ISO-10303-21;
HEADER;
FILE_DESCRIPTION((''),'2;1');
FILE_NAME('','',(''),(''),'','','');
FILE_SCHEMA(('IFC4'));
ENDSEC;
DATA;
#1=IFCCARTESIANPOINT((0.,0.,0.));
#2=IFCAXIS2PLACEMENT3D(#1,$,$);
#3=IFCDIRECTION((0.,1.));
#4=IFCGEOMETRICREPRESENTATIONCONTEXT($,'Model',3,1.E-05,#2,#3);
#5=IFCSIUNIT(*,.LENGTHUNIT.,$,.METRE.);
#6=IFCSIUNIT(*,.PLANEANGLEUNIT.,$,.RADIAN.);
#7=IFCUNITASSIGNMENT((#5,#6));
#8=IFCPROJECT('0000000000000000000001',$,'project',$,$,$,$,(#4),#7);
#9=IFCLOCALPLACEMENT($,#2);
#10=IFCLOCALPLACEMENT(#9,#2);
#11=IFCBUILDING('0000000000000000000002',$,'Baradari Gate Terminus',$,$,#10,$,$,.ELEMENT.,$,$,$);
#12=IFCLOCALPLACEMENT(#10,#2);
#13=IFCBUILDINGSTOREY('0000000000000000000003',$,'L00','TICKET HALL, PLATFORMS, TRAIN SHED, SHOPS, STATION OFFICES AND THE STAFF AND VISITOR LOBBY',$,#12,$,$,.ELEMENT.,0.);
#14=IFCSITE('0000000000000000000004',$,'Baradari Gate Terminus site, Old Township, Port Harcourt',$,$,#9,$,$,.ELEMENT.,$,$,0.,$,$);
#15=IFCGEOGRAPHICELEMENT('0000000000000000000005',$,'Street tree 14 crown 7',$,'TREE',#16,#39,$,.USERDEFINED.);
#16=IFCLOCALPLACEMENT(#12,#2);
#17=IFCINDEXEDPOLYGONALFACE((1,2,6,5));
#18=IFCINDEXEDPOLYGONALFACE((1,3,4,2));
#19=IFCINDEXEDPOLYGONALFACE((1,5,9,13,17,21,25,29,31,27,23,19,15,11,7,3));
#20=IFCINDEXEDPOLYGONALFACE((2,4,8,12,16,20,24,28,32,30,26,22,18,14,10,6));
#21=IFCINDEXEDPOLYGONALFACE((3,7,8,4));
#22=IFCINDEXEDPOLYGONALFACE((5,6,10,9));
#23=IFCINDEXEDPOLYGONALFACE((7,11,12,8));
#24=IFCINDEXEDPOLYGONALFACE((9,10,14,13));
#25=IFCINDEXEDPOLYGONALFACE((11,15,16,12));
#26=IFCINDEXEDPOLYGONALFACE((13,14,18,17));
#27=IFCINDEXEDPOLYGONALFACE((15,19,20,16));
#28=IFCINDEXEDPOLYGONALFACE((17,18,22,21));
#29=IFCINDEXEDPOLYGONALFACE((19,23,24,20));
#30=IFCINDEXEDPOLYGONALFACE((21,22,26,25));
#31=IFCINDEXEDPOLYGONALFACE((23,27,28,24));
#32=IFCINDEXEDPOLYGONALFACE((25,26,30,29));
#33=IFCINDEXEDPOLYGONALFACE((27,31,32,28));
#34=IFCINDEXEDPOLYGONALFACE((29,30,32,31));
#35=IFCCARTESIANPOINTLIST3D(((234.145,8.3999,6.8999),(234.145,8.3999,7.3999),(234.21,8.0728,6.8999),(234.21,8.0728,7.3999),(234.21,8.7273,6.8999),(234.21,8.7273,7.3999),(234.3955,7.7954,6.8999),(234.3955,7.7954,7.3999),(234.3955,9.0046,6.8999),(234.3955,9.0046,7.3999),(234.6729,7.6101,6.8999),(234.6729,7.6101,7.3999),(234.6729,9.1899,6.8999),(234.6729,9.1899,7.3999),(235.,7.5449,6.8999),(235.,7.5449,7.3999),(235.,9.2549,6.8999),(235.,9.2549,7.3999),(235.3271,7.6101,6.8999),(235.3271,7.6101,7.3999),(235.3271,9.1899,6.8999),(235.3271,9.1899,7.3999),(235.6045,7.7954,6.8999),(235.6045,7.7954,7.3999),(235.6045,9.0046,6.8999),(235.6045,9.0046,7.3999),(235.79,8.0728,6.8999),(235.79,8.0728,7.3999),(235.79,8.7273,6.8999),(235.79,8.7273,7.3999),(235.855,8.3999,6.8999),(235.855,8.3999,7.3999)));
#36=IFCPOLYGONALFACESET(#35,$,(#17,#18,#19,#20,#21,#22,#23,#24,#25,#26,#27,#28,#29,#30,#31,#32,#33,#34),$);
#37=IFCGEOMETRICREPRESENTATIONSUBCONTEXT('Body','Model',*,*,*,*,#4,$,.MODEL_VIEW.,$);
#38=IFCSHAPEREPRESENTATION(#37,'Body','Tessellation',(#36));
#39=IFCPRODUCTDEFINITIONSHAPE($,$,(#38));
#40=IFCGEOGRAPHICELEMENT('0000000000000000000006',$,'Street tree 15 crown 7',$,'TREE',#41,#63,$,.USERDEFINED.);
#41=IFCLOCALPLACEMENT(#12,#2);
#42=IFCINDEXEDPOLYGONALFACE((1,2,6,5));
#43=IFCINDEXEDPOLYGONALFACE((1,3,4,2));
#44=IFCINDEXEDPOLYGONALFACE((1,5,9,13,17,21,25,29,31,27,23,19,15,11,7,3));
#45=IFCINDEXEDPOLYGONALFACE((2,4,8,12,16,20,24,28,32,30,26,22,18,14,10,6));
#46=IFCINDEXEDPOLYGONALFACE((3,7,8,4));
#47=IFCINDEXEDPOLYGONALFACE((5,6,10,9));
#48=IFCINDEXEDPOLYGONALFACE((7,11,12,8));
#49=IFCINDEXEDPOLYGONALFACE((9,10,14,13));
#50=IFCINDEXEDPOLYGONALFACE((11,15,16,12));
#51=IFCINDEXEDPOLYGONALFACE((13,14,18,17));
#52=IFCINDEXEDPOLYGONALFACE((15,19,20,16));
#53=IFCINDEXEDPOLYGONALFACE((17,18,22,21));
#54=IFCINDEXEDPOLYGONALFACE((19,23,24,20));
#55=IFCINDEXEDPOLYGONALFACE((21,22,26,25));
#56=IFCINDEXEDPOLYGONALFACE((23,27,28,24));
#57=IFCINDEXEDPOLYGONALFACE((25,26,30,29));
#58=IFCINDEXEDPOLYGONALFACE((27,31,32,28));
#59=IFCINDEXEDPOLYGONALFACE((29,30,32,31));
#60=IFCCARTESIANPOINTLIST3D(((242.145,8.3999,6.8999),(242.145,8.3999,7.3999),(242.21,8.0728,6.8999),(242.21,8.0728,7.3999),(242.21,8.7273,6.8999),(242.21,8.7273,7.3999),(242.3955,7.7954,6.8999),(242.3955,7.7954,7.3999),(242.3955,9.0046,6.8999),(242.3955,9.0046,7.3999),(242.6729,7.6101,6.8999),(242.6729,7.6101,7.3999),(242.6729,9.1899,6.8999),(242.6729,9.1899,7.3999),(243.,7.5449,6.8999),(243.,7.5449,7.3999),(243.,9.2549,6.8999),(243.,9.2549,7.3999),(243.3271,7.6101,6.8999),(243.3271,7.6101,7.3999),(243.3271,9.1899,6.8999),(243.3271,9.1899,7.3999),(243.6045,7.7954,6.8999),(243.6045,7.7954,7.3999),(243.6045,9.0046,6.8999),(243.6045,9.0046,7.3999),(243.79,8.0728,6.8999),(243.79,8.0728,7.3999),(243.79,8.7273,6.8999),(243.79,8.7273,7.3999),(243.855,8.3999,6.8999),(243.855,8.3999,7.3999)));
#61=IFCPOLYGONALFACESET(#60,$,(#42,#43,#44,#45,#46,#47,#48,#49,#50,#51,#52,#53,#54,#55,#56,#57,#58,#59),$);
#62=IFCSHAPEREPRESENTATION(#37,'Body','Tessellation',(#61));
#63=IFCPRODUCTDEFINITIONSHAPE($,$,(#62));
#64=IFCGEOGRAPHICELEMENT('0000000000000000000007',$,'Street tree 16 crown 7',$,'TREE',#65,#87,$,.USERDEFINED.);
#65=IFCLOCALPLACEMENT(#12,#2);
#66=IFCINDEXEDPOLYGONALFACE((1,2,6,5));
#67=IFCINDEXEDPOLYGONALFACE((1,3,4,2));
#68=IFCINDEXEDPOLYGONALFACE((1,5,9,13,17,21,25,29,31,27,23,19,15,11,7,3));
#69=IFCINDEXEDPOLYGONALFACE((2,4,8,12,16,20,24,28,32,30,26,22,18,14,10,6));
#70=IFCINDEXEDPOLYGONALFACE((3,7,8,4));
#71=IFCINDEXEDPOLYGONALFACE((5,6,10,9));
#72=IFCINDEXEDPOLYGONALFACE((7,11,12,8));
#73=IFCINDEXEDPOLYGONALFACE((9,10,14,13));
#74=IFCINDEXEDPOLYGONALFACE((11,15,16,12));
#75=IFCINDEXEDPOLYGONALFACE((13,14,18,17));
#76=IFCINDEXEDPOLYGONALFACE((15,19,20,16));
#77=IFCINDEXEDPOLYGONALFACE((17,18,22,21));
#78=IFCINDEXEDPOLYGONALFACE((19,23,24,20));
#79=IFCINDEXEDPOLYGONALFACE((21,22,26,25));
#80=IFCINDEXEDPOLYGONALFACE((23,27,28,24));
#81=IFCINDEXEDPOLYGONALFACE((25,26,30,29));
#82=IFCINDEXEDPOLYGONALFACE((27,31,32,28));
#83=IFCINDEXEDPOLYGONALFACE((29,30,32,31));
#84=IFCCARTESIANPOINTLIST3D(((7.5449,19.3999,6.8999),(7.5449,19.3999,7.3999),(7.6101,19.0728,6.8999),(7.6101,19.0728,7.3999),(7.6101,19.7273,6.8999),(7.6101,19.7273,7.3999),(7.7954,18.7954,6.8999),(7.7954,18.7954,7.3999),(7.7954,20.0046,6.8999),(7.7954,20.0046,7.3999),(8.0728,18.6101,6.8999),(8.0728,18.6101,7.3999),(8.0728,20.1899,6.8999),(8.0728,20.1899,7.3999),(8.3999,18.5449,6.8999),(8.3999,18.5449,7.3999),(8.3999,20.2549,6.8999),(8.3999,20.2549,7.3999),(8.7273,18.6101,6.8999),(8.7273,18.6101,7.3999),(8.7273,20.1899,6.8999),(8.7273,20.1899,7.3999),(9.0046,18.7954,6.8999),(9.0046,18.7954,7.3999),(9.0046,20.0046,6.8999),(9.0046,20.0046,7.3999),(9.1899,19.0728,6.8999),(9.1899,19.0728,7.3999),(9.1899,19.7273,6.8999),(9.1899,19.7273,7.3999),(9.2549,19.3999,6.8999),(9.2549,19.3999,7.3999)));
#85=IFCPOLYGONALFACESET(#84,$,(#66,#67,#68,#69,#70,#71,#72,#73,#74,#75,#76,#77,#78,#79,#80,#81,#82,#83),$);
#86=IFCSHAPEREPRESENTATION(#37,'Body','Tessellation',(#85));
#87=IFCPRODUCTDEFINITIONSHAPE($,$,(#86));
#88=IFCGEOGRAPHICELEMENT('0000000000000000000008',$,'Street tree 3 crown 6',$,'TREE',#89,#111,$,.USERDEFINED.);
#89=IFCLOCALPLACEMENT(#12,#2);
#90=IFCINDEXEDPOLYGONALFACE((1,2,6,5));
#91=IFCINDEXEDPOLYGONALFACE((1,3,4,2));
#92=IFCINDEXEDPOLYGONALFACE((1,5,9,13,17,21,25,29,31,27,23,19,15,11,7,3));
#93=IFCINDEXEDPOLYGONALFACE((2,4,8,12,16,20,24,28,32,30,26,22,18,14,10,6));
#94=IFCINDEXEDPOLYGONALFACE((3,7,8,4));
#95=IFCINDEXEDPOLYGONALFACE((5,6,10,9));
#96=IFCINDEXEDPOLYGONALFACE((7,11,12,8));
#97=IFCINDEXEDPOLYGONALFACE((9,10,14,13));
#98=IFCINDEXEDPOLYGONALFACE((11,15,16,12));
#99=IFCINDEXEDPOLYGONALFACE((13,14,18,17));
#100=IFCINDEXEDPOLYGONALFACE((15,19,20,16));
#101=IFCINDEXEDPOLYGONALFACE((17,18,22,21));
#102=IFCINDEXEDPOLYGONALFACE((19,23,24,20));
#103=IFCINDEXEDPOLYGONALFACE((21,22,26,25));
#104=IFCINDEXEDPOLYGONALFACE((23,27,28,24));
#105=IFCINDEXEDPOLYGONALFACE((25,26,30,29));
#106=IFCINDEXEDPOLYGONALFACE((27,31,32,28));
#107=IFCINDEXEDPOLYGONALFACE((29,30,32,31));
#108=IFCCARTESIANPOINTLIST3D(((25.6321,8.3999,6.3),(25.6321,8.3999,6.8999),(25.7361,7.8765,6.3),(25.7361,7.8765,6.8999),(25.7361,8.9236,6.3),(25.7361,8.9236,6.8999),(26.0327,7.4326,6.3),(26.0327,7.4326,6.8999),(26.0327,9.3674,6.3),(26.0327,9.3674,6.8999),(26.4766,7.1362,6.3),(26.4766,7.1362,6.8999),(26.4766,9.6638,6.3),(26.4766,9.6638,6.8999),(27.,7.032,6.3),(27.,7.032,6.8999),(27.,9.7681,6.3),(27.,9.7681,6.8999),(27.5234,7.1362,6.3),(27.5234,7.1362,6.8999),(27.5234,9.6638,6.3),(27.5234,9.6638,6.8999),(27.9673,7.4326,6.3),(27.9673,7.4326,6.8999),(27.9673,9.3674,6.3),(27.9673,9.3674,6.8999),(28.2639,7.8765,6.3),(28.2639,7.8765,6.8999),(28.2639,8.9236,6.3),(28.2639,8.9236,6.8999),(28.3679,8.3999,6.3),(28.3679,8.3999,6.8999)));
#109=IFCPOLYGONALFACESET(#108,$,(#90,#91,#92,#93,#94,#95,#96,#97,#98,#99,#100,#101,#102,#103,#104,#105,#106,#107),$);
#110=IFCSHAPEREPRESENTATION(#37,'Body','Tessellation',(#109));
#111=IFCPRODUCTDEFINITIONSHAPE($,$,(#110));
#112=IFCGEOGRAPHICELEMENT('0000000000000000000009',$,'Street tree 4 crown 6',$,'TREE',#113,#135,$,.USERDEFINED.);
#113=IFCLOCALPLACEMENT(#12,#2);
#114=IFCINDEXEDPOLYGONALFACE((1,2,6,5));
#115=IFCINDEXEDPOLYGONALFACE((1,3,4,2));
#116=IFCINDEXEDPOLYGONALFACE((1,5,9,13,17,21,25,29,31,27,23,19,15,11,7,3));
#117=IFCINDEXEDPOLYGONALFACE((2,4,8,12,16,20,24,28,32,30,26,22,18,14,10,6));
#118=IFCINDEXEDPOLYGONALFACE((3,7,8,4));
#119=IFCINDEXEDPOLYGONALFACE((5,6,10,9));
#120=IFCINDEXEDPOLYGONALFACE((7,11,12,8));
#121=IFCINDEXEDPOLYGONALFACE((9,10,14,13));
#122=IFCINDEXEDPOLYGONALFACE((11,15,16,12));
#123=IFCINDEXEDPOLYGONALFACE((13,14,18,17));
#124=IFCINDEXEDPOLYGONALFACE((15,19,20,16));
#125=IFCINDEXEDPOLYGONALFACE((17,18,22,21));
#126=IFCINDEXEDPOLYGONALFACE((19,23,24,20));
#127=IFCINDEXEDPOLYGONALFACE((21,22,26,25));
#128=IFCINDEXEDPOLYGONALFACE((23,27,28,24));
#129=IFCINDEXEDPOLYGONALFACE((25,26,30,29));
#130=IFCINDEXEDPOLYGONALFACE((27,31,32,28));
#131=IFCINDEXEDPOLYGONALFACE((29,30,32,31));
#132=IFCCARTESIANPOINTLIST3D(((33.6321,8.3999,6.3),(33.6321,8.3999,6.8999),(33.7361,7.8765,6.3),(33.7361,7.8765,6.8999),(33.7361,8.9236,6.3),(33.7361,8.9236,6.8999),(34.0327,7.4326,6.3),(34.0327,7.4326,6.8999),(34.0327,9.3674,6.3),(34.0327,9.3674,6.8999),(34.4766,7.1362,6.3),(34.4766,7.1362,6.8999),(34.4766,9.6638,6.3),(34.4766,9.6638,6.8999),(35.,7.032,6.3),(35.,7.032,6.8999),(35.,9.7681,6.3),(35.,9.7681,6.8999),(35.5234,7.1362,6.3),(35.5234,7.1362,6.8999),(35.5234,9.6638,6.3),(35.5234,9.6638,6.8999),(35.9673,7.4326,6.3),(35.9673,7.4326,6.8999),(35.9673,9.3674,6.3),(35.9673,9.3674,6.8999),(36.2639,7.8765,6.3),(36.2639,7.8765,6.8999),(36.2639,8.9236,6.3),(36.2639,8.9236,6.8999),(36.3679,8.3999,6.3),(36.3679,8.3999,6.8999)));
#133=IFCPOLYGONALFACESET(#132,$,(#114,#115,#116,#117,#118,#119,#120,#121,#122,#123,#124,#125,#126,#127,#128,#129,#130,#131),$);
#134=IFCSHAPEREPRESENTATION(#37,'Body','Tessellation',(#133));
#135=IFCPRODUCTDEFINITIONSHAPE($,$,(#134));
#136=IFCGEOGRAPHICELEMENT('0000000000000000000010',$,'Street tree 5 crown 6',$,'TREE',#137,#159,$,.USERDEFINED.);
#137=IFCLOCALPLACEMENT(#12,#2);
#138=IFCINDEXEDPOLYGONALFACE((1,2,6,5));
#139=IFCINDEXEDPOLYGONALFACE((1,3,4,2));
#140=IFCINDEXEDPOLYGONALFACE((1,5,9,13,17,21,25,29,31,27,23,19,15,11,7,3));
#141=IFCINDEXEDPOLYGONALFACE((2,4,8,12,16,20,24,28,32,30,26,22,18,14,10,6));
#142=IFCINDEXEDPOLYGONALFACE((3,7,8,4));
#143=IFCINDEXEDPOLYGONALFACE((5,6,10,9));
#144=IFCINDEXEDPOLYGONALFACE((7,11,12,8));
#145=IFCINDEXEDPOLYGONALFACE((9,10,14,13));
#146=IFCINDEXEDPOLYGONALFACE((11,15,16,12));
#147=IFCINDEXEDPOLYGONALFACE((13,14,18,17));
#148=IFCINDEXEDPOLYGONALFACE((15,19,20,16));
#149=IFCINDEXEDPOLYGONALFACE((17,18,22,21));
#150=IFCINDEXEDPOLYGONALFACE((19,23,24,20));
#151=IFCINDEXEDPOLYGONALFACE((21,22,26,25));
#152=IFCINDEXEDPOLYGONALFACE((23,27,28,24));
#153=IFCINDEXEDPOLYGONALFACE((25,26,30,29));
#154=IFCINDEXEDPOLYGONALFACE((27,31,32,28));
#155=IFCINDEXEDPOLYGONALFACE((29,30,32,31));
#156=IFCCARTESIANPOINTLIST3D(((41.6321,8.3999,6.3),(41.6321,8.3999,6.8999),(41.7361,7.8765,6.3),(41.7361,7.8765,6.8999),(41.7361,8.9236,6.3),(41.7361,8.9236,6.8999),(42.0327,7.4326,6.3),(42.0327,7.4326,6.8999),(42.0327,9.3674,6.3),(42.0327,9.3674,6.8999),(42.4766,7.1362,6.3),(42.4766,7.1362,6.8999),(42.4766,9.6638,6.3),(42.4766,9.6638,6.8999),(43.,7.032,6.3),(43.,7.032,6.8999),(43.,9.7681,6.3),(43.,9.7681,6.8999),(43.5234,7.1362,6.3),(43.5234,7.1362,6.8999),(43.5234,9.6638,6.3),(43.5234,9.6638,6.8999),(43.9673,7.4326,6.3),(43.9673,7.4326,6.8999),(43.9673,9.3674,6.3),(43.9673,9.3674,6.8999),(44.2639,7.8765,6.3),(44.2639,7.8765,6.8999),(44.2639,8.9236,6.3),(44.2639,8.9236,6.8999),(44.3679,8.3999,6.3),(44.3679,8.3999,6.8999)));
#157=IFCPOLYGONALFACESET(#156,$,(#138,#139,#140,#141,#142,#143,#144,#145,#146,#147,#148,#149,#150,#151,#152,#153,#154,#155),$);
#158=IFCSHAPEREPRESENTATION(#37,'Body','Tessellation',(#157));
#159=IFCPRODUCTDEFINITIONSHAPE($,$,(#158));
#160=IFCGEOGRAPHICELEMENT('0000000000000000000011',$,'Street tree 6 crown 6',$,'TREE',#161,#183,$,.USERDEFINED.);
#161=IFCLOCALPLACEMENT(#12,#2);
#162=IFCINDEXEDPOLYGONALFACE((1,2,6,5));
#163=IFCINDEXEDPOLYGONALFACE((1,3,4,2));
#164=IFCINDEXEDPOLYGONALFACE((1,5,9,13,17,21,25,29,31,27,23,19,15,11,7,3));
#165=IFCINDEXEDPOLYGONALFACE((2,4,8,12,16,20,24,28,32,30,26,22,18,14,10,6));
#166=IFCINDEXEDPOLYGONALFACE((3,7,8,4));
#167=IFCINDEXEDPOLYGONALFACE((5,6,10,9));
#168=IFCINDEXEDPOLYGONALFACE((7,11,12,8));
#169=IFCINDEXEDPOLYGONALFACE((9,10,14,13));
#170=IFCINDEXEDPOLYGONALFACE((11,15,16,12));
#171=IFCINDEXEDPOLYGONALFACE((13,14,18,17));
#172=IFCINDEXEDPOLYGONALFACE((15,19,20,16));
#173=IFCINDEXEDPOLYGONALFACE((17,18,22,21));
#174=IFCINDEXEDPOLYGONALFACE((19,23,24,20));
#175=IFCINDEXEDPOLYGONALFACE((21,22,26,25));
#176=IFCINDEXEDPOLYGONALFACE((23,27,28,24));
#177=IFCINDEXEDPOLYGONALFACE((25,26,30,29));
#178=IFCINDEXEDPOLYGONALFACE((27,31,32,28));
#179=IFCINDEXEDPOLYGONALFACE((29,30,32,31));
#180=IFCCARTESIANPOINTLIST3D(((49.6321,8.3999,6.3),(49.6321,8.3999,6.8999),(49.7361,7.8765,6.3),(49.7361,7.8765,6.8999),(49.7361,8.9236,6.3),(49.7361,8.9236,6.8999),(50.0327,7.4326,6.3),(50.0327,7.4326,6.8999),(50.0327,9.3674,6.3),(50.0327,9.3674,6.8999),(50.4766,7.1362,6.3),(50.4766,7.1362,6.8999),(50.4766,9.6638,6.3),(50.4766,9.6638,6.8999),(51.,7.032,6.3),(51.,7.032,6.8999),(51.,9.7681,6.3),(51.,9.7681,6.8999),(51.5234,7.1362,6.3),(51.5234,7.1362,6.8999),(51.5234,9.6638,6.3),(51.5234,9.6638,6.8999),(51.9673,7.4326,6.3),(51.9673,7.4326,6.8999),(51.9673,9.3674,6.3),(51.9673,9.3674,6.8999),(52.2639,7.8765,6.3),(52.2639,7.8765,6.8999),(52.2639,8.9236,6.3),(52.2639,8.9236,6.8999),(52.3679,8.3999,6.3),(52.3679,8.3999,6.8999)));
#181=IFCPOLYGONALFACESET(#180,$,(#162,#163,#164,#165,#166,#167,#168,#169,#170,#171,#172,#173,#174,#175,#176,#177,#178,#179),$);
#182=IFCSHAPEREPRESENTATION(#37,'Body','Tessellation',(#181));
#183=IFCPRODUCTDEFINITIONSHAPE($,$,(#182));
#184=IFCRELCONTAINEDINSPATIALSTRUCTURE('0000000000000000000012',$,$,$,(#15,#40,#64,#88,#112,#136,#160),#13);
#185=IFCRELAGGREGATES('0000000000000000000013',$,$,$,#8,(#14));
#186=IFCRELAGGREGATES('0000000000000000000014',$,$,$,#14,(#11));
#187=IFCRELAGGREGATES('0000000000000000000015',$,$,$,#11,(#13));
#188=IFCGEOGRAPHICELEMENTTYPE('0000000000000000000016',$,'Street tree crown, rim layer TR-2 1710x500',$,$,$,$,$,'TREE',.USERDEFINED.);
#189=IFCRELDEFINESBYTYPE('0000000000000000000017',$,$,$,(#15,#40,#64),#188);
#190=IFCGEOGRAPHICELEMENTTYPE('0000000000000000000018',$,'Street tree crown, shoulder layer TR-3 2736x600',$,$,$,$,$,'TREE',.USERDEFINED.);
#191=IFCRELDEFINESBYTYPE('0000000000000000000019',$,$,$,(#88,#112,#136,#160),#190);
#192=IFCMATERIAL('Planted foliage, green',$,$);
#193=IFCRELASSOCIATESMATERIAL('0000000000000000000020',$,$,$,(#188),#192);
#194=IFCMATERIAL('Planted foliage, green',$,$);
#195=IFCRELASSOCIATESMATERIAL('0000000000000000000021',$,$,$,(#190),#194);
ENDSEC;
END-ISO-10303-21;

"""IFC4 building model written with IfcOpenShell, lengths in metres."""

from ifc_helpers import new_model, si_unit, direction, frame, origin, place, context, subcontext, project, spatial, polyline, outline, extrude, material, type_object, element, save


model = new_model("IFC4")

# Units and contexts
model_context = context("Model", 3, precision=1e-05, world=origin(), true_north=direction((0.0, 1.0)))
body_context = subcontext(model_context, "Body", "Model", "MODEL_VIEW")
ifc_project = project(units=[si_unit("LENGTHUNIT", "METRE"), si_unit("PLANEANGLEUNIT", "RADIAN")], contexts=[model_context])

# Site, building, storey
site_placement = place(None, origin())
site = spatial("IfcSite", under=ifc_project, at=site_placement, Name="Baradari Gate Terminus site, Old Township, Port Harcourt", CompositionType="ELEMENT", RefElevation=0.0)
building_placement = place(site_placement, origin())
building = spatial("IfcBuilding", under=site, at=building_placement, Name="Baradari Gate Terminus", CompositionType="ELEMENT")
storey_placement = place(building_placement, origin())
storey = spatial("IfcBuildingStorey", under=building, at=storey_placement, Name="L00", Description="TICKET HALL, PLATFORMS, TRAIN SHED, SHOPS, STATION OFFICES AND THE STAFF AND VISITOR LOBBY", CompositionType="ELEMENT", Elevation=0.0)

# Geographic elements
ifc_material_1 = material(Name="Planted foliage, green")
geographic_element_type_1 = type_object("IfcGeographicElementType", Name="Street tree crown, rim layer TR-2 1710x500", ElementType="TREE", PredefinedType="USERDEFINED", material=ifc_material_1)
geographic_element_1_placement = place(storey_placement, frame((0.0, 0.0, 6.8999)))
element("IfcGeographicElement", 1, at=geographic_element_1_placement, inside=storey, type_object=geographic_element_type_1, Name="Street tree 14 crown 7", ObjectType="TREE", PredefinedType="USERDEFINED", context=body_context, shape_type="SweptSolid", body=[
    extrude(outline(polyline([(235.855, 8.3999), (235.79, 8.7273), (235.6045, 9.0046), (235.3271, 9.1899), (235.0, 9.2549), (234.6729, 9.1899), (234.3955, 9.0046), (234.21, 8.7273), (234.145, 8.3999), (234.21, 8.0728), (234.3955, 7.7954), (234.6729, 7.6101), (235.0, 7.5449), (235.3271, 7.6101), (235.6045, 7.7954), (235.79, 8.0728), (235.855, 8.3999)])), origin(), (0.0, 0.0, 1.0), 0.5),
])
geographic_element_2_placement = place(storey_placement, frame((0.0, 0.0, 6.8999)))
element("IfcGeographicElement", 2, at=geographic_element_2_placement, inside=storey, type_object=geographic_element_type_1, Name="Street tree 15 crown 7", ObjectType="TREE", PredefinedType="USERDEFINED", context=body_context, shape_type="SweptSolid", body=[
    extrude(outline(polyline([(243.855, 8.3999), (243.79, 8.7273), (243.6045, 9.0046), (243.3271, 9.1899), (243.0, 9.2549), (242.6729, 9.1899), (242.3955, 9.0046), (242.21, 8.7273), (242.145, 8.3999), (242.21, 8.0728), (242.3955, 7.7954), (242.6729, 7.6101), (243.0, 7.5449), (243.3271, 7.6101), (243.6045, 7.7954), (243.79, 8.0728), (243.855, 8.3999)])), origin(), (0.0, 0.0, 1.0), 0.5),
])
geographic_element_3_placement = place(storey_placement, frame((0.0, 0.0, 6.8999)))
element("IfcGeographicElement", 3, at=geographic_element_3_placement, inside=storey, type_object=geographic_element_type_1, Name="Street tree 16 crown 7", ObjectType="TREE", PredefinedType="USERDEFINED", context=body_context, shape_type="SweptSolid", body=[
    extrude(outline(polyline([(9.2549, 19.3999), (9.1899, 19.7273), (9.0046, 20.0046), (8.7273, 20.1899), (8.3999, 20.2549), (8.0728, 20.1899), (7.7954, 20.0046), (7.6101, 19.7273), (7.5449, 19.3999), (7.6101, 19.0728), (7.7954, 18.7954), (8.0728, 18.6101), (8.3999, 18.5449), (8.7273, 18.6101), (9.0046, 18.7954), (9.1899, 19.0728), (9.2549, 19.3999)])), origin(), (0.0, 0.0, 1.0), 0.5),
])
ifc_material_2 = material(Name="Planted foliage, green")
geographic_element_type_2 = type_object("IfcGeographicElementType", Name="Street tree crown, shoulder layer TR-3 2736x600", ElementType="TREE", PredefinedType="USERDEFINED", material=ifc_material_2)
geographic_element_4_placement = place(storey_placement, frame((0.0, 0.0, 6.3)))
element("IfcGeographicElement", 4, at=geographic_element_4_placement, inside=storey, type_object=geographic_element_type_2, Name="Street tree 3 crown 6", ObjectType="TREE", PredefinedType="USERDEFINED", context=body_context, shape_type="SweptSolid", body=[
    extrude(outline(polyline([(28.3679, 8.3999), (28.2639, 8.9236), (27.9673, 9.3674), (27.5234, 9.6638), (27.0, 9.7681), (26.4766, 9.6638), (26.0327, 9.3674), (25.7361, 8.9236), (25.6321, 8.3999), (25.7361, 7.8765), (26.0327, 7.4326), (26.4766, 7.1362), (27.0, 7.032), (27.5234, 7.1362), (27.9673, 7.4326), (28.2639, 7.8765), (28.3679, 8.3999)])), origin(), (0.0, 0.0, 1.0), 0.5999),
])
geographic_element_5_placement = place(storey_placement, frame((0.0, 0.0, 6.3)))
element("IfcGeographicElement", 5, at=geographic_element_5_placement, inside=storey, type_object=geographic_element_type_2, Name="Street tree 4 crown 6", ObjectType="TREE", PredefinedType="USERDEFINED", context=body_context, shape_type="SweptSolid", body=[
    extrude(outline(polyline([(36.3679, 8.3999), (36.2639, 8.9236), (35.9673, 9.3674), (35.5234, 9.6638), (35.0, 9.7681), (34.4766, 9.6638), (34.0327, 9.3674), (33.7361, 8.9236), (33.6321, 8.3999), (33.7361, 7.8765), (34.0327, 7.4326), (34.4766, 7.1362), (35.0, 7.032), (35.5234, 7.1362), (35.9673, 7.4326), (36.2639, 7.8765), (36.3679, 8.3999)])), origin(), (0.0, 0.0, 1.0), 0.5999),
])
geographic_element_6_placement = place(storey_placement, frame((0.0, 0.0, 6.3)))
element("IfcGeographicElement", 6, at=geographic_element_6_placement, inside=storey, type_object=geographic_element_type_2, Name="Street tree 5 crown 6", ObjectType="TREE", PredefinedType="USERDEFINED", context=body_context, shape_type="SweptSolid", body=[
    extrude(outline(polyline([(44.3679, 8.3999), (44.2639, 8.9236), (43.9673, 9.3674), (43.5234, 9.6638), (43.0, 9.7681), (42.4766, 9.6638), (42.0327, 9.3674), (41.7361, 8.9236), (41.6321, 8.3999), (41.7361, 7.8765), (42.0327, 7.4326), (42.4766, 7.1362), (43.0, 7.032), (43.5234, 7.1362), (43.9673, 7.4326), (44.2639, 7.8765), (44.3679, 8.3999)])), origin(), (0.0, 0.0, 1.0), 0.5999),
])
geographic_element_7_placement = place(storey_placement, frame((0.0, 0.0, 6.3)))
element("IfcGeographicElement", 7, at=geographic_element_7_placement, inside=storey, type_object=geographic_element_type_2, Name="Street tree 6 crown 6", ObjectType="TREE", PredefinedType="USERDEFINED", context=body_context, shape_type="SweptSolid", body=[
    extrude(outline(polyline([(52.3679, 8.3999), (52.2639, 8.9236), (51.9673, 9.3674), (51.5234, 9.6638), (51.0, 9.7681), (50.4766, 9.6638), (50.0327, 9.3674), (49.7361, 8.9236), (49.6321, 8.3999), (49.7361, 7.8765), (50.0327, 7.4326), (50.4766, 7.1362), (51.0, 7.032), (51.5234, 7.1362), (51.9673, 7.4326), (52.2639, 7.8765), (52.3679, 8.3999)])), origin(), (0.0, 0.0, 1.0), 0.5999),
])

save(model, "model.ifc")
